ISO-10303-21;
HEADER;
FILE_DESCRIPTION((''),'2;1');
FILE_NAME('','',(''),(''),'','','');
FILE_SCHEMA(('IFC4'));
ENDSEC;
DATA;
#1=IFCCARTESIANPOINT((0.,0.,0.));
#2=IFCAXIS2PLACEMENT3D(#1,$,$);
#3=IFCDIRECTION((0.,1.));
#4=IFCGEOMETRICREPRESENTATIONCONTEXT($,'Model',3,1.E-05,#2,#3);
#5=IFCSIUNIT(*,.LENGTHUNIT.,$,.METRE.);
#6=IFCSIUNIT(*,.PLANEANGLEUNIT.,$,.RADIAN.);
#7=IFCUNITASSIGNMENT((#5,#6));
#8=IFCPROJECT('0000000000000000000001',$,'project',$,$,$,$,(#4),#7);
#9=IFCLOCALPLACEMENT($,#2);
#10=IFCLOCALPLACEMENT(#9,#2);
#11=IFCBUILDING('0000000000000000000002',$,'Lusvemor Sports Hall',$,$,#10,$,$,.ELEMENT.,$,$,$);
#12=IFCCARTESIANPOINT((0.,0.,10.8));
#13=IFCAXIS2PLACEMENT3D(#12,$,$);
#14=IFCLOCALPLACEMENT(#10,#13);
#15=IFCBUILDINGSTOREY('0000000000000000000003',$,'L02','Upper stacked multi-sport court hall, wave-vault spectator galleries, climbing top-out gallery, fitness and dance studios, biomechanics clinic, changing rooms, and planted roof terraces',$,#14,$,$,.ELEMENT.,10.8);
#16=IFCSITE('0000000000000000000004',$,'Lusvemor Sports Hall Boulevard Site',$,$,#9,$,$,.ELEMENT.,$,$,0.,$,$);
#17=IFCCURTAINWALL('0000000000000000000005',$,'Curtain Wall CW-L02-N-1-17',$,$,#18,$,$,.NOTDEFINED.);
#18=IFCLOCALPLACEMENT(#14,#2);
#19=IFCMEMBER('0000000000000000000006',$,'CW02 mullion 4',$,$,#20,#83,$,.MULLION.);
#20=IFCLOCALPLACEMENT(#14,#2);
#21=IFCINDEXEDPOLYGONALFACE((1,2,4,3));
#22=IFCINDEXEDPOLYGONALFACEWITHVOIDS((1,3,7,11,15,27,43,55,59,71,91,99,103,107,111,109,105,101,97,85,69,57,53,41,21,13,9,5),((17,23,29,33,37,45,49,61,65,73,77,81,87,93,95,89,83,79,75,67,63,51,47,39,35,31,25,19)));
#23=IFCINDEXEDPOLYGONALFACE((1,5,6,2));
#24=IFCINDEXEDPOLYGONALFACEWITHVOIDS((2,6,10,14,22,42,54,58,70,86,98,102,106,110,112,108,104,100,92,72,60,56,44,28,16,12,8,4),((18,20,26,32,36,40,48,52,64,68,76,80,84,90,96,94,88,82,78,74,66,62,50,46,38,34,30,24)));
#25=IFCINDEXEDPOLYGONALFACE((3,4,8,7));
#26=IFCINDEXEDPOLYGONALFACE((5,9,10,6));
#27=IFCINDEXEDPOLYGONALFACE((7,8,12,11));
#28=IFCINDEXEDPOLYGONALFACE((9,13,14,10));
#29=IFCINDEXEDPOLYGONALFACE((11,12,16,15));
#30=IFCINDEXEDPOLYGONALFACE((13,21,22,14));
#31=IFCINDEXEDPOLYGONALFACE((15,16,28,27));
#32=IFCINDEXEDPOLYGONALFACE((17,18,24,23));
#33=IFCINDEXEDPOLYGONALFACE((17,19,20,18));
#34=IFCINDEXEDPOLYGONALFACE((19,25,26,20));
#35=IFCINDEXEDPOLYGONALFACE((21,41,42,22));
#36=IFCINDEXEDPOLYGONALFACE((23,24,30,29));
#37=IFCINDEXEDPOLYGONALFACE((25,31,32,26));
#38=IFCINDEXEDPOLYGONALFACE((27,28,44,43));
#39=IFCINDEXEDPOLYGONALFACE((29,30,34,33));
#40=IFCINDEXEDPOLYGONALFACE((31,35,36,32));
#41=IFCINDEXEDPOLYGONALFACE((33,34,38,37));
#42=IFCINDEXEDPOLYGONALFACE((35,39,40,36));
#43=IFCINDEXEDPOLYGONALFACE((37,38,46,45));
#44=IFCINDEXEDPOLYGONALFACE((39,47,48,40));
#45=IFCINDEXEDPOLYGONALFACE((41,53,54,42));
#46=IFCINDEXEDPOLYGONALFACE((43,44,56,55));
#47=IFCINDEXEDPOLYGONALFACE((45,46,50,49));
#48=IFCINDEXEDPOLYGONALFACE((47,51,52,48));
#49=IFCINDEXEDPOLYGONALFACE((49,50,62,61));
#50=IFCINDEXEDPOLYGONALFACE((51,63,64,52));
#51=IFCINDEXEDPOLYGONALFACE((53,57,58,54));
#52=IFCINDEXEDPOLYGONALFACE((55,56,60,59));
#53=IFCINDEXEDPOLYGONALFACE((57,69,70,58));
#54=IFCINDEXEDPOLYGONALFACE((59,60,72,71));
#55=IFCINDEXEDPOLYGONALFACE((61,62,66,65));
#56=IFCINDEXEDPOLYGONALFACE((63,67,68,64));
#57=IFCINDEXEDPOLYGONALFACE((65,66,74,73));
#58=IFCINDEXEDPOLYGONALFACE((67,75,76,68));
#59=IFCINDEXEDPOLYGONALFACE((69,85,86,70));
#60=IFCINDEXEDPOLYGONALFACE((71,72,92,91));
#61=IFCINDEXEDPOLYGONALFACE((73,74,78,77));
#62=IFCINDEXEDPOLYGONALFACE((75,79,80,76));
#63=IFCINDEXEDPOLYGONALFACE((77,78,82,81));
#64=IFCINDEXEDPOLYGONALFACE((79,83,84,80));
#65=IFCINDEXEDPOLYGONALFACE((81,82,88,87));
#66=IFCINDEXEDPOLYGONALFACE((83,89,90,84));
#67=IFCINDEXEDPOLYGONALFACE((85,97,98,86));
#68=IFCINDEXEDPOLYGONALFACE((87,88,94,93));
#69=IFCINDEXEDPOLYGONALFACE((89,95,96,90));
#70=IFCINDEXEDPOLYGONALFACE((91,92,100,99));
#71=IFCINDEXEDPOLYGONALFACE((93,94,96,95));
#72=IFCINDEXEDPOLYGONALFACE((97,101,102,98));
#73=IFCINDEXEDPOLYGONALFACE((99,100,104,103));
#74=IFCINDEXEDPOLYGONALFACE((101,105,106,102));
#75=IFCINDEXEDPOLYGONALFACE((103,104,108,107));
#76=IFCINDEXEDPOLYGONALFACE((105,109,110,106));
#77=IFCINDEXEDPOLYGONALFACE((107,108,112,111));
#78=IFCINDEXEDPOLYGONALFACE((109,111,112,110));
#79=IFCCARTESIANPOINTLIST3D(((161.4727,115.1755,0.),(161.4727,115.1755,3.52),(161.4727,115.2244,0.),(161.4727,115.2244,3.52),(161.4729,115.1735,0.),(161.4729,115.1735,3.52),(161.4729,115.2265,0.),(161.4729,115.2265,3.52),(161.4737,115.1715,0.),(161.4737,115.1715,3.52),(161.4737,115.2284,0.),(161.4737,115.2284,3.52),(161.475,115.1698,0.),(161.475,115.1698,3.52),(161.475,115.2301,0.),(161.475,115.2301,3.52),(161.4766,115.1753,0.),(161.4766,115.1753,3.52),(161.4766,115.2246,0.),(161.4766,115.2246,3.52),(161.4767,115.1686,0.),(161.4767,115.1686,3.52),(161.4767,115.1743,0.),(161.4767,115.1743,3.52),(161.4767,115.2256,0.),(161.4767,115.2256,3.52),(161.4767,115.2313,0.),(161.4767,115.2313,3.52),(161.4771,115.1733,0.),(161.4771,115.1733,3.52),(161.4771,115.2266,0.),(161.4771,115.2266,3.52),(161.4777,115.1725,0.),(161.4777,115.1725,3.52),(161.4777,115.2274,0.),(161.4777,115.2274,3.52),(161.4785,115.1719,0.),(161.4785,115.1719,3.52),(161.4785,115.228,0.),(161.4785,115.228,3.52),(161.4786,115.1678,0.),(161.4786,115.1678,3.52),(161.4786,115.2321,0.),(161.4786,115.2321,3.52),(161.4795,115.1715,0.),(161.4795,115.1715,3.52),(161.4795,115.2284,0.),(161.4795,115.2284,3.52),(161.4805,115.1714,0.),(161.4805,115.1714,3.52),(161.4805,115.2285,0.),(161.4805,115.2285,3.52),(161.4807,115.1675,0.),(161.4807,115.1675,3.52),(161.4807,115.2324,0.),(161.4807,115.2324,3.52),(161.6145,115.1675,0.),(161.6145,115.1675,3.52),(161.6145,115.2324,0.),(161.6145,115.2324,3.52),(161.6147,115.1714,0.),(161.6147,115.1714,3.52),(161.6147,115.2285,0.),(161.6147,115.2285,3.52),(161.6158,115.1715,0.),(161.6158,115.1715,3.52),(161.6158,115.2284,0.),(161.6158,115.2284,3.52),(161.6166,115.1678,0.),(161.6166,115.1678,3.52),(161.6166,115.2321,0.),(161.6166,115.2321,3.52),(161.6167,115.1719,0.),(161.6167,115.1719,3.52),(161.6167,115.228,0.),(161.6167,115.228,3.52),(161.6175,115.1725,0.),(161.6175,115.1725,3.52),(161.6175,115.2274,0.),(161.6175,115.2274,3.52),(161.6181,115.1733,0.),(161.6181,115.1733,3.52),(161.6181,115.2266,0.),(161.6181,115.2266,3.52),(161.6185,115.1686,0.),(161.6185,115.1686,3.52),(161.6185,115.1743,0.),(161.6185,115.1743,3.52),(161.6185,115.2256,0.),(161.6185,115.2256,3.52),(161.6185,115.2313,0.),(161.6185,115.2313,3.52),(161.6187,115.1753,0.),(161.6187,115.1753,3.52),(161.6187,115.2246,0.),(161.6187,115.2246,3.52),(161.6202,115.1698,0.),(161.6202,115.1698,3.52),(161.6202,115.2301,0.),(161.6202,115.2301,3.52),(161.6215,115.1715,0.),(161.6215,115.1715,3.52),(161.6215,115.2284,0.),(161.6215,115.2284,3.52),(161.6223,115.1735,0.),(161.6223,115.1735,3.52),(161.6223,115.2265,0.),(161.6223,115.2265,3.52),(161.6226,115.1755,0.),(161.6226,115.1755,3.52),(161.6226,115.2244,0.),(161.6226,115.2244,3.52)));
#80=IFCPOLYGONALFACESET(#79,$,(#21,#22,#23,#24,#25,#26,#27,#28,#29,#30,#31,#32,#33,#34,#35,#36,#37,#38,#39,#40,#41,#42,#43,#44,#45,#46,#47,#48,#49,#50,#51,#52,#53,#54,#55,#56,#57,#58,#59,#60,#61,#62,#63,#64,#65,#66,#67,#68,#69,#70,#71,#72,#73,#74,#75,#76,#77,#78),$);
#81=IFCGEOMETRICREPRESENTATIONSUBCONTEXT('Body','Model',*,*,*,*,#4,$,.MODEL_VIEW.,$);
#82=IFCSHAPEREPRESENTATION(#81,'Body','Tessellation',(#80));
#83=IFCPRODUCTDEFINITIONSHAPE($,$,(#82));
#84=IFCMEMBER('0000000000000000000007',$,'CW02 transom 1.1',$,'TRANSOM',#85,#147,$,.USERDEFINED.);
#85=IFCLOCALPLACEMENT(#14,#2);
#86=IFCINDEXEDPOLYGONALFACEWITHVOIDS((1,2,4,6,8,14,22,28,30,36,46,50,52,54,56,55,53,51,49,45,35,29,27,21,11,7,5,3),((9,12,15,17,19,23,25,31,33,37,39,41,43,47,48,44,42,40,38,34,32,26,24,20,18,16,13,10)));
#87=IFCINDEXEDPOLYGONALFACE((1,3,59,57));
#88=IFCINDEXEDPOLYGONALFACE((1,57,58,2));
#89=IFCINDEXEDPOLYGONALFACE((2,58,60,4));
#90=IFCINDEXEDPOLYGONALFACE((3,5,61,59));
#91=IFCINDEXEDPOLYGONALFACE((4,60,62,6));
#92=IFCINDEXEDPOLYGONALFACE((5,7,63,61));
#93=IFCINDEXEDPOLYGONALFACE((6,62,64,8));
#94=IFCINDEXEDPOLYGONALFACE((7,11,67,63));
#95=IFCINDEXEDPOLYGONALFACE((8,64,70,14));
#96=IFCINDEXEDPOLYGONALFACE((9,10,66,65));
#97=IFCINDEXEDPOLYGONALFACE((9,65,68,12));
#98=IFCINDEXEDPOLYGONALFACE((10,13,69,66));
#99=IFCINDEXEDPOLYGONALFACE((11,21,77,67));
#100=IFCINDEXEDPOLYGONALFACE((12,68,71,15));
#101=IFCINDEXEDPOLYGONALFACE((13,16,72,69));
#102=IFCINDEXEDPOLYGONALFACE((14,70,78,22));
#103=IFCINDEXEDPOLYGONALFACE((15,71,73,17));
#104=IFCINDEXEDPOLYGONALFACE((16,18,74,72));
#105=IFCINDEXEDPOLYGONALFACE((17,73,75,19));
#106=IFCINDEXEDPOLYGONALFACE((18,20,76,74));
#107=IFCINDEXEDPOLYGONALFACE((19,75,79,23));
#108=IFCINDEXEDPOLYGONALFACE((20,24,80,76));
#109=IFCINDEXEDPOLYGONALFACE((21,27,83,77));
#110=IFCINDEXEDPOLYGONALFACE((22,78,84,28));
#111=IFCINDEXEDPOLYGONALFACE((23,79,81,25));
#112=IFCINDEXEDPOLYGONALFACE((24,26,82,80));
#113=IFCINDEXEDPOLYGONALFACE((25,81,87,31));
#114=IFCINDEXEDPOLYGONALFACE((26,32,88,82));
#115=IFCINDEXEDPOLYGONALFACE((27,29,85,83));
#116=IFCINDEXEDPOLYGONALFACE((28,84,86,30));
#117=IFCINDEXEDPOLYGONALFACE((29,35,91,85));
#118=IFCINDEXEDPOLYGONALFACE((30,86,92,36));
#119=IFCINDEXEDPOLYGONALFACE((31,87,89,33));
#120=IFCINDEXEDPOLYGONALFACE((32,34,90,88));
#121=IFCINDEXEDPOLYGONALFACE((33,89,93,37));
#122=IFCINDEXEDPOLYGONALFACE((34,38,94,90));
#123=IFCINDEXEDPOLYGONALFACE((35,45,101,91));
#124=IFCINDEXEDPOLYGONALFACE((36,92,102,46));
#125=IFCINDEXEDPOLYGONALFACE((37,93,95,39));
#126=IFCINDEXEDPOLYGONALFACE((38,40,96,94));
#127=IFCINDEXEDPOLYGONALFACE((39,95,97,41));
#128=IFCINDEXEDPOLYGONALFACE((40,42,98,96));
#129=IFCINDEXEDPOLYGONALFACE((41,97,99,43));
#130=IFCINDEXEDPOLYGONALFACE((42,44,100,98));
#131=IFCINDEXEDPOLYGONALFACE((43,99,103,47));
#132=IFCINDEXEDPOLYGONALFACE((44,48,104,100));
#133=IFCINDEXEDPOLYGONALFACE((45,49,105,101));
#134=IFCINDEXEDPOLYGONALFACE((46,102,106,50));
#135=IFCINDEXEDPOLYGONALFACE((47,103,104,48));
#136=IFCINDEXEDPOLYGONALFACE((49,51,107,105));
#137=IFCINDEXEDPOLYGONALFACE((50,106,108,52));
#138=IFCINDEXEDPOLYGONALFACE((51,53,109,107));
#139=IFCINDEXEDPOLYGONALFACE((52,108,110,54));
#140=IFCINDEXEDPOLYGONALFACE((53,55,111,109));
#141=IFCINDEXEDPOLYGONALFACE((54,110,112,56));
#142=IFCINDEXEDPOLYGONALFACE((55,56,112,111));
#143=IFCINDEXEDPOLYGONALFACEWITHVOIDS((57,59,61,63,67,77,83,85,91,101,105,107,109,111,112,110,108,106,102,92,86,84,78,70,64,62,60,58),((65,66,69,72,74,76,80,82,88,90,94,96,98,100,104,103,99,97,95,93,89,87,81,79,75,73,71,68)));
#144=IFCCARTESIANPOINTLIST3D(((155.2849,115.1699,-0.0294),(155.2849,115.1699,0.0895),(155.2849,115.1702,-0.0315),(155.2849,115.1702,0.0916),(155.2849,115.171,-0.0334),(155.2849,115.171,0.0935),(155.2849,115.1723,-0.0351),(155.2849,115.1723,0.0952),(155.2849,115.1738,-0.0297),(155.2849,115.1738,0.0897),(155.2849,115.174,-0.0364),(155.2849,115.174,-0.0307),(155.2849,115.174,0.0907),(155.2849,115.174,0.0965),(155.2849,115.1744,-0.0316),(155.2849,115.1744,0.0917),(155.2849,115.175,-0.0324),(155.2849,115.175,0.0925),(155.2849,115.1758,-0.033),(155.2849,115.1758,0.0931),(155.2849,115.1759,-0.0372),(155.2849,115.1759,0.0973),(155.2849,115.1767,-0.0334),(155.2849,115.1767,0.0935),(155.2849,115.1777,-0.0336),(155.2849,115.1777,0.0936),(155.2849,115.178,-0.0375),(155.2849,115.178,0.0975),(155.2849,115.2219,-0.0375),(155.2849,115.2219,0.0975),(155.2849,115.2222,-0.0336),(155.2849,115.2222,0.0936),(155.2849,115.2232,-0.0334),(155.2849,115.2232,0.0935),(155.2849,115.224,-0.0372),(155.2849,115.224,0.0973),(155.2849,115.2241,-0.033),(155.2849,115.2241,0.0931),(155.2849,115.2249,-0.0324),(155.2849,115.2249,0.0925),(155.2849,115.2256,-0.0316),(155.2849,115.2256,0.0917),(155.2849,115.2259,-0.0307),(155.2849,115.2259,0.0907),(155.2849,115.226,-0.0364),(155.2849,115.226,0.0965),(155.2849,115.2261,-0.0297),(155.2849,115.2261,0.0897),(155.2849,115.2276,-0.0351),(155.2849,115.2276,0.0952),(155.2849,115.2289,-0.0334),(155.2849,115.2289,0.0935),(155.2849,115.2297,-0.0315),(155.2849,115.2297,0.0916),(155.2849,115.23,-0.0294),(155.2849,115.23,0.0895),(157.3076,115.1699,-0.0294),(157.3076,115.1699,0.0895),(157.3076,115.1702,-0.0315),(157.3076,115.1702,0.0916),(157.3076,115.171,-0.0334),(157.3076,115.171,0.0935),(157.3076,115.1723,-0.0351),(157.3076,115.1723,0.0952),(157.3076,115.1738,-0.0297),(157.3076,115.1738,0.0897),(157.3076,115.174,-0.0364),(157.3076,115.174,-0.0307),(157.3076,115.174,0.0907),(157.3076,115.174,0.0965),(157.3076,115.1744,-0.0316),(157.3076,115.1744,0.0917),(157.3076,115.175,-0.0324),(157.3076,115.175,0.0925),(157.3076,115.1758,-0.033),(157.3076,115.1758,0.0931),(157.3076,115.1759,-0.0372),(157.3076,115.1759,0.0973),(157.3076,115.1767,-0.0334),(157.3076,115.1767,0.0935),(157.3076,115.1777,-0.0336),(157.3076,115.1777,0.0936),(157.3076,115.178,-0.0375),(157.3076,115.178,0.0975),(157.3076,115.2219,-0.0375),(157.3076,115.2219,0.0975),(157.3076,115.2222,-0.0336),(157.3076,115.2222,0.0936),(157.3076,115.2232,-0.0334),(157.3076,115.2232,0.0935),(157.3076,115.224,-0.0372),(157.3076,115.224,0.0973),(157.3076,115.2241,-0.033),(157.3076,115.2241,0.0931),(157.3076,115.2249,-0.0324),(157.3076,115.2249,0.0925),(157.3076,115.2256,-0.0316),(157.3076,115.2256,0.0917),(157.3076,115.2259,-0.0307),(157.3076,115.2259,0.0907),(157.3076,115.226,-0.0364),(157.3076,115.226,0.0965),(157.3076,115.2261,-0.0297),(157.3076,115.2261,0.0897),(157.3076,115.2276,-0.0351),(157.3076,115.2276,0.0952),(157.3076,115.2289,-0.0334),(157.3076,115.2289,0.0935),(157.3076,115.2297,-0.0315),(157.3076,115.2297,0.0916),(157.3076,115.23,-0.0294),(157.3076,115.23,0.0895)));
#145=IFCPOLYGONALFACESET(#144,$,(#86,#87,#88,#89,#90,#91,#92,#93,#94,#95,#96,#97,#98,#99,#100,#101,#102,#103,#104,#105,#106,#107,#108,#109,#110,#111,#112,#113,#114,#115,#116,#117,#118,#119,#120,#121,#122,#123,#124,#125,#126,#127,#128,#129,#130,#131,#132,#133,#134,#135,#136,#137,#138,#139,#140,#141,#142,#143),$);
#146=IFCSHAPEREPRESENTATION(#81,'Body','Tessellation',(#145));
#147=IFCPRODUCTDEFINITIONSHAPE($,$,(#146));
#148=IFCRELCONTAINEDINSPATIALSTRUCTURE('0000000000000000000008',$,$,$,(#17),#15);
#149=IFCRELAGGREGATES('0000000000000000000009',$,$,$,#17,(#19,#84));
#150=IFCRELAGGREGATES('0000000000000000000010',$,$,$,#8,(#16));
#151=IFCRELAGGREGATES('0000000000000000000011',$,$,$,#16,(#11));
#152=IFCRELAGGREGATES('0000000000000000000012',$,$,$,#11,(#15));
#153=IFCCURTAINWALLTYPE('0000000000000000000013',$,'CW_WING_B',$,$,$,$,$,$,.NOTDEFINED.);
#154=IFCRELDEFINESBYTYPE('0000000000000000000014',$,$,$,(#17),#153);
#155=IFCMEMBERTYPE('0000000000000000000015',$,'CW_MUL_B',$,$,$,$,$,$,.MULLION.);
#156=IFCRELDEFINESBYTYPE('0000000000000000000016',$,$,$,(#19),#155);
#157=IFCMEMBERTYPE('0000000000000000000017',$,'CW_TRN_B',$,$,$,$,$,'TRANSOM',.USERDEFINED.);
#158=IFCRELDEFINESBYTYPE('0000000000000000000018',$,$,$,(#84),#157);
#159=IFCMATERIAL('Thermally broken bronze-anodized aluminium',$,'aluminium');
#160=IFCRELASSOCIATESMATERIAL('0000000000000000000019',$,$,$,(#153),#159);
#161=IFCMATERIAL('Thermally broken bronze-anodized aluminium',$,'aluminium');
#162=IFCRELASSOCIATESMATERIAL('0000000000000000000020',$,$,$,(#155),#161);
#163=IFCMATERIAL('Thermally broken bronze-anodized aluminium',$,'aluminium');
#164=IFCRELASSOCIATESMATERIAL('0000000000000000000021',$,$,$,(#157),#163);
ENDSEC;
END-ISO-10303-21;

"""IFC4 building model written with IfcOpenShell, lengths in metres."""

from ifc_helpers import new_model, si_unit, direction, frame, origin, origin_2d, place, context, subcontext, project, spatial, hollow_rectangle, extrude, material, material_profile, profile_set, type_object, element, aggregate, save


model = new_model("IFC4")

# Units and contexts
model_context = context("Model", 3, precision=1e-05, world=origin(), true_north=direction((0.0, 1.0)))
body_context = subcontext(model_context, "Body", "Model", "MODEL_VIEW")
ifc_project = project(units=[si_unit("LENGTHUNIT", "METRE"), si_unit("PLANEANGLEUNIT", "RADIAN")], contexts=[model_context])

# Site, building, storey
site_placement = place(None, origin())
site = spatial("IfcSite", under=ifc_project, at=site_placement, Name="Lusvemor Sports Hall Boulevard Site", CompositionType="ELEMENT", RefElevation=0.0)
building_placement = place(site_placement, origin())
building = spatial("IfcBuilding", under=site, at=building_placement, Name="Lusvemor Sports Hall", CompositionType="ELEMENT")
storey_placement = place(building_placement, frame((0.0, 0.0, 10.8)))
storey = spatial("IfcBuildingStorey", under=building, at=storey_placement, Name="L02", Description="Upper stacked multi-sport court hall, wave-vault spectator galleries, climbing top-out gallery, fitness and dance studios, biomechanics clinic, changing rooms, and planted roof terraces", CompositionType="ELEMENT", Elevation=10.8)

# Curtain wall, members
ifc_material_1 = material(Name="Thermally broken bronze-anodized aluminium", Category="aluminium")
curtain_wall_type = type_object("IfcCurtainWallType", Name="CW_WING_B", PredefinedType="NOTDEFINED", material=ifc_material_1)
curtain_wall_placement = place(storey_placement, origin())
curtain_wall = element("IfcCurtainWall", 1, at=curtain_wall_placement, inside=storey, type_object=curtain_wall_type, Name="Curtain Wall CW-L02-N-1-17", PredefinedType="NOTDEFINED")
ifc_material_2 = material(Name="Thermally broken bronze-anodized aluminium", Category="aluminium")
ifc_material_profile_1 = material_profile(ifc_material_2, hollow_rectangle(XDim=0.0649, YDim=0.1499, WallThickness=0.0039, InnerFilletRadius=0.0039, OuterFilletRadius=0.0081, at=origin_2d()), Name="CWMUL150x65x4")
ifc_profile_set_1 = profile_set([ifc_material_profile_1], Name="Thermally broken bronze-anodized aluminium")
member_type_1 = type_object("IfcMemberType", Name="CW_MUL_B", PredefinedType="MULLION", material=ifc_profile_set_1)
member_1_placement = place(storey_placement, frame((161.5476, 115.2, 0.0), z_axis=(0.0, 0.0, 1.0), x_axis=(0.0, 1.0, 0.0)))
member_1 = element("IfcMember", 2, at=member_1_placement, type_object=member_type_1, Name="CW02 mullion 4", PredefinedType="MULLION", context=body_context, shape_type="SweptSolid", body=[
    extrude(hollow_rectangle(XDim=0.0649, YDim=0.1499, WallThickness=0.0039, InnerFilletRadius=0.0039, OuterFilletRadius=0.0081, at=origin_2d()), origin(), (0.0, 0.0, 1.0), 3.52),
])
ifc_material_3 = material(Name="Thermally broken bronze-anodized aluminium", Category="aluminium")
ifc_material_profile_2 = material_profile(ifc_material_3, hollow_rectangle(XDim=0.0601, YDim=0.135, WallThickness=0.0039, InnerFilletRadius=0.0039, OuterFilletRadius=0.0081, at=origin_2d()), Name="CWTRN135x60x4")
ifc_profile_set_2 = profile_set([ifc_material_profile_2], Name="Thermally broken bronze-anodized aluminium")
member_type_2 = type_object("IfcMemberType", Name="CW_TRN_B", ElementType="TRANSOM", PredefinedType="USERDEFINED", material=ifc_profile_set_2)
member_2_placement = place(storey_placement, frame((155.2849, 115.2, 0.03), z_axis=(1.0, 0.0, 0.0), x_axis=(0.0, 1.0, 0.0)))
member_2 = element("IfcMember", 3, at=member_2_placement, type_object=member_type_2, Name="CW02 transom 1.1", ObjectType="TRANSOM", PredefinedType="USERDEFINED", context=body_context, shape_type="SweptSolid", body=[
    extrude(hollow_rectangle(XDim=0.0601, YDim=0.135, WallThickness=0.0039, InnerFilletRadius=0.0039, OuterFilletRadius=0.0081, at=origin_2d()), origin(), (0.0, 0.0, 1.0), 2.0227),
])
aggregate(curtain_wall, [member_1, member_2])

save(model, "model.ifc")
